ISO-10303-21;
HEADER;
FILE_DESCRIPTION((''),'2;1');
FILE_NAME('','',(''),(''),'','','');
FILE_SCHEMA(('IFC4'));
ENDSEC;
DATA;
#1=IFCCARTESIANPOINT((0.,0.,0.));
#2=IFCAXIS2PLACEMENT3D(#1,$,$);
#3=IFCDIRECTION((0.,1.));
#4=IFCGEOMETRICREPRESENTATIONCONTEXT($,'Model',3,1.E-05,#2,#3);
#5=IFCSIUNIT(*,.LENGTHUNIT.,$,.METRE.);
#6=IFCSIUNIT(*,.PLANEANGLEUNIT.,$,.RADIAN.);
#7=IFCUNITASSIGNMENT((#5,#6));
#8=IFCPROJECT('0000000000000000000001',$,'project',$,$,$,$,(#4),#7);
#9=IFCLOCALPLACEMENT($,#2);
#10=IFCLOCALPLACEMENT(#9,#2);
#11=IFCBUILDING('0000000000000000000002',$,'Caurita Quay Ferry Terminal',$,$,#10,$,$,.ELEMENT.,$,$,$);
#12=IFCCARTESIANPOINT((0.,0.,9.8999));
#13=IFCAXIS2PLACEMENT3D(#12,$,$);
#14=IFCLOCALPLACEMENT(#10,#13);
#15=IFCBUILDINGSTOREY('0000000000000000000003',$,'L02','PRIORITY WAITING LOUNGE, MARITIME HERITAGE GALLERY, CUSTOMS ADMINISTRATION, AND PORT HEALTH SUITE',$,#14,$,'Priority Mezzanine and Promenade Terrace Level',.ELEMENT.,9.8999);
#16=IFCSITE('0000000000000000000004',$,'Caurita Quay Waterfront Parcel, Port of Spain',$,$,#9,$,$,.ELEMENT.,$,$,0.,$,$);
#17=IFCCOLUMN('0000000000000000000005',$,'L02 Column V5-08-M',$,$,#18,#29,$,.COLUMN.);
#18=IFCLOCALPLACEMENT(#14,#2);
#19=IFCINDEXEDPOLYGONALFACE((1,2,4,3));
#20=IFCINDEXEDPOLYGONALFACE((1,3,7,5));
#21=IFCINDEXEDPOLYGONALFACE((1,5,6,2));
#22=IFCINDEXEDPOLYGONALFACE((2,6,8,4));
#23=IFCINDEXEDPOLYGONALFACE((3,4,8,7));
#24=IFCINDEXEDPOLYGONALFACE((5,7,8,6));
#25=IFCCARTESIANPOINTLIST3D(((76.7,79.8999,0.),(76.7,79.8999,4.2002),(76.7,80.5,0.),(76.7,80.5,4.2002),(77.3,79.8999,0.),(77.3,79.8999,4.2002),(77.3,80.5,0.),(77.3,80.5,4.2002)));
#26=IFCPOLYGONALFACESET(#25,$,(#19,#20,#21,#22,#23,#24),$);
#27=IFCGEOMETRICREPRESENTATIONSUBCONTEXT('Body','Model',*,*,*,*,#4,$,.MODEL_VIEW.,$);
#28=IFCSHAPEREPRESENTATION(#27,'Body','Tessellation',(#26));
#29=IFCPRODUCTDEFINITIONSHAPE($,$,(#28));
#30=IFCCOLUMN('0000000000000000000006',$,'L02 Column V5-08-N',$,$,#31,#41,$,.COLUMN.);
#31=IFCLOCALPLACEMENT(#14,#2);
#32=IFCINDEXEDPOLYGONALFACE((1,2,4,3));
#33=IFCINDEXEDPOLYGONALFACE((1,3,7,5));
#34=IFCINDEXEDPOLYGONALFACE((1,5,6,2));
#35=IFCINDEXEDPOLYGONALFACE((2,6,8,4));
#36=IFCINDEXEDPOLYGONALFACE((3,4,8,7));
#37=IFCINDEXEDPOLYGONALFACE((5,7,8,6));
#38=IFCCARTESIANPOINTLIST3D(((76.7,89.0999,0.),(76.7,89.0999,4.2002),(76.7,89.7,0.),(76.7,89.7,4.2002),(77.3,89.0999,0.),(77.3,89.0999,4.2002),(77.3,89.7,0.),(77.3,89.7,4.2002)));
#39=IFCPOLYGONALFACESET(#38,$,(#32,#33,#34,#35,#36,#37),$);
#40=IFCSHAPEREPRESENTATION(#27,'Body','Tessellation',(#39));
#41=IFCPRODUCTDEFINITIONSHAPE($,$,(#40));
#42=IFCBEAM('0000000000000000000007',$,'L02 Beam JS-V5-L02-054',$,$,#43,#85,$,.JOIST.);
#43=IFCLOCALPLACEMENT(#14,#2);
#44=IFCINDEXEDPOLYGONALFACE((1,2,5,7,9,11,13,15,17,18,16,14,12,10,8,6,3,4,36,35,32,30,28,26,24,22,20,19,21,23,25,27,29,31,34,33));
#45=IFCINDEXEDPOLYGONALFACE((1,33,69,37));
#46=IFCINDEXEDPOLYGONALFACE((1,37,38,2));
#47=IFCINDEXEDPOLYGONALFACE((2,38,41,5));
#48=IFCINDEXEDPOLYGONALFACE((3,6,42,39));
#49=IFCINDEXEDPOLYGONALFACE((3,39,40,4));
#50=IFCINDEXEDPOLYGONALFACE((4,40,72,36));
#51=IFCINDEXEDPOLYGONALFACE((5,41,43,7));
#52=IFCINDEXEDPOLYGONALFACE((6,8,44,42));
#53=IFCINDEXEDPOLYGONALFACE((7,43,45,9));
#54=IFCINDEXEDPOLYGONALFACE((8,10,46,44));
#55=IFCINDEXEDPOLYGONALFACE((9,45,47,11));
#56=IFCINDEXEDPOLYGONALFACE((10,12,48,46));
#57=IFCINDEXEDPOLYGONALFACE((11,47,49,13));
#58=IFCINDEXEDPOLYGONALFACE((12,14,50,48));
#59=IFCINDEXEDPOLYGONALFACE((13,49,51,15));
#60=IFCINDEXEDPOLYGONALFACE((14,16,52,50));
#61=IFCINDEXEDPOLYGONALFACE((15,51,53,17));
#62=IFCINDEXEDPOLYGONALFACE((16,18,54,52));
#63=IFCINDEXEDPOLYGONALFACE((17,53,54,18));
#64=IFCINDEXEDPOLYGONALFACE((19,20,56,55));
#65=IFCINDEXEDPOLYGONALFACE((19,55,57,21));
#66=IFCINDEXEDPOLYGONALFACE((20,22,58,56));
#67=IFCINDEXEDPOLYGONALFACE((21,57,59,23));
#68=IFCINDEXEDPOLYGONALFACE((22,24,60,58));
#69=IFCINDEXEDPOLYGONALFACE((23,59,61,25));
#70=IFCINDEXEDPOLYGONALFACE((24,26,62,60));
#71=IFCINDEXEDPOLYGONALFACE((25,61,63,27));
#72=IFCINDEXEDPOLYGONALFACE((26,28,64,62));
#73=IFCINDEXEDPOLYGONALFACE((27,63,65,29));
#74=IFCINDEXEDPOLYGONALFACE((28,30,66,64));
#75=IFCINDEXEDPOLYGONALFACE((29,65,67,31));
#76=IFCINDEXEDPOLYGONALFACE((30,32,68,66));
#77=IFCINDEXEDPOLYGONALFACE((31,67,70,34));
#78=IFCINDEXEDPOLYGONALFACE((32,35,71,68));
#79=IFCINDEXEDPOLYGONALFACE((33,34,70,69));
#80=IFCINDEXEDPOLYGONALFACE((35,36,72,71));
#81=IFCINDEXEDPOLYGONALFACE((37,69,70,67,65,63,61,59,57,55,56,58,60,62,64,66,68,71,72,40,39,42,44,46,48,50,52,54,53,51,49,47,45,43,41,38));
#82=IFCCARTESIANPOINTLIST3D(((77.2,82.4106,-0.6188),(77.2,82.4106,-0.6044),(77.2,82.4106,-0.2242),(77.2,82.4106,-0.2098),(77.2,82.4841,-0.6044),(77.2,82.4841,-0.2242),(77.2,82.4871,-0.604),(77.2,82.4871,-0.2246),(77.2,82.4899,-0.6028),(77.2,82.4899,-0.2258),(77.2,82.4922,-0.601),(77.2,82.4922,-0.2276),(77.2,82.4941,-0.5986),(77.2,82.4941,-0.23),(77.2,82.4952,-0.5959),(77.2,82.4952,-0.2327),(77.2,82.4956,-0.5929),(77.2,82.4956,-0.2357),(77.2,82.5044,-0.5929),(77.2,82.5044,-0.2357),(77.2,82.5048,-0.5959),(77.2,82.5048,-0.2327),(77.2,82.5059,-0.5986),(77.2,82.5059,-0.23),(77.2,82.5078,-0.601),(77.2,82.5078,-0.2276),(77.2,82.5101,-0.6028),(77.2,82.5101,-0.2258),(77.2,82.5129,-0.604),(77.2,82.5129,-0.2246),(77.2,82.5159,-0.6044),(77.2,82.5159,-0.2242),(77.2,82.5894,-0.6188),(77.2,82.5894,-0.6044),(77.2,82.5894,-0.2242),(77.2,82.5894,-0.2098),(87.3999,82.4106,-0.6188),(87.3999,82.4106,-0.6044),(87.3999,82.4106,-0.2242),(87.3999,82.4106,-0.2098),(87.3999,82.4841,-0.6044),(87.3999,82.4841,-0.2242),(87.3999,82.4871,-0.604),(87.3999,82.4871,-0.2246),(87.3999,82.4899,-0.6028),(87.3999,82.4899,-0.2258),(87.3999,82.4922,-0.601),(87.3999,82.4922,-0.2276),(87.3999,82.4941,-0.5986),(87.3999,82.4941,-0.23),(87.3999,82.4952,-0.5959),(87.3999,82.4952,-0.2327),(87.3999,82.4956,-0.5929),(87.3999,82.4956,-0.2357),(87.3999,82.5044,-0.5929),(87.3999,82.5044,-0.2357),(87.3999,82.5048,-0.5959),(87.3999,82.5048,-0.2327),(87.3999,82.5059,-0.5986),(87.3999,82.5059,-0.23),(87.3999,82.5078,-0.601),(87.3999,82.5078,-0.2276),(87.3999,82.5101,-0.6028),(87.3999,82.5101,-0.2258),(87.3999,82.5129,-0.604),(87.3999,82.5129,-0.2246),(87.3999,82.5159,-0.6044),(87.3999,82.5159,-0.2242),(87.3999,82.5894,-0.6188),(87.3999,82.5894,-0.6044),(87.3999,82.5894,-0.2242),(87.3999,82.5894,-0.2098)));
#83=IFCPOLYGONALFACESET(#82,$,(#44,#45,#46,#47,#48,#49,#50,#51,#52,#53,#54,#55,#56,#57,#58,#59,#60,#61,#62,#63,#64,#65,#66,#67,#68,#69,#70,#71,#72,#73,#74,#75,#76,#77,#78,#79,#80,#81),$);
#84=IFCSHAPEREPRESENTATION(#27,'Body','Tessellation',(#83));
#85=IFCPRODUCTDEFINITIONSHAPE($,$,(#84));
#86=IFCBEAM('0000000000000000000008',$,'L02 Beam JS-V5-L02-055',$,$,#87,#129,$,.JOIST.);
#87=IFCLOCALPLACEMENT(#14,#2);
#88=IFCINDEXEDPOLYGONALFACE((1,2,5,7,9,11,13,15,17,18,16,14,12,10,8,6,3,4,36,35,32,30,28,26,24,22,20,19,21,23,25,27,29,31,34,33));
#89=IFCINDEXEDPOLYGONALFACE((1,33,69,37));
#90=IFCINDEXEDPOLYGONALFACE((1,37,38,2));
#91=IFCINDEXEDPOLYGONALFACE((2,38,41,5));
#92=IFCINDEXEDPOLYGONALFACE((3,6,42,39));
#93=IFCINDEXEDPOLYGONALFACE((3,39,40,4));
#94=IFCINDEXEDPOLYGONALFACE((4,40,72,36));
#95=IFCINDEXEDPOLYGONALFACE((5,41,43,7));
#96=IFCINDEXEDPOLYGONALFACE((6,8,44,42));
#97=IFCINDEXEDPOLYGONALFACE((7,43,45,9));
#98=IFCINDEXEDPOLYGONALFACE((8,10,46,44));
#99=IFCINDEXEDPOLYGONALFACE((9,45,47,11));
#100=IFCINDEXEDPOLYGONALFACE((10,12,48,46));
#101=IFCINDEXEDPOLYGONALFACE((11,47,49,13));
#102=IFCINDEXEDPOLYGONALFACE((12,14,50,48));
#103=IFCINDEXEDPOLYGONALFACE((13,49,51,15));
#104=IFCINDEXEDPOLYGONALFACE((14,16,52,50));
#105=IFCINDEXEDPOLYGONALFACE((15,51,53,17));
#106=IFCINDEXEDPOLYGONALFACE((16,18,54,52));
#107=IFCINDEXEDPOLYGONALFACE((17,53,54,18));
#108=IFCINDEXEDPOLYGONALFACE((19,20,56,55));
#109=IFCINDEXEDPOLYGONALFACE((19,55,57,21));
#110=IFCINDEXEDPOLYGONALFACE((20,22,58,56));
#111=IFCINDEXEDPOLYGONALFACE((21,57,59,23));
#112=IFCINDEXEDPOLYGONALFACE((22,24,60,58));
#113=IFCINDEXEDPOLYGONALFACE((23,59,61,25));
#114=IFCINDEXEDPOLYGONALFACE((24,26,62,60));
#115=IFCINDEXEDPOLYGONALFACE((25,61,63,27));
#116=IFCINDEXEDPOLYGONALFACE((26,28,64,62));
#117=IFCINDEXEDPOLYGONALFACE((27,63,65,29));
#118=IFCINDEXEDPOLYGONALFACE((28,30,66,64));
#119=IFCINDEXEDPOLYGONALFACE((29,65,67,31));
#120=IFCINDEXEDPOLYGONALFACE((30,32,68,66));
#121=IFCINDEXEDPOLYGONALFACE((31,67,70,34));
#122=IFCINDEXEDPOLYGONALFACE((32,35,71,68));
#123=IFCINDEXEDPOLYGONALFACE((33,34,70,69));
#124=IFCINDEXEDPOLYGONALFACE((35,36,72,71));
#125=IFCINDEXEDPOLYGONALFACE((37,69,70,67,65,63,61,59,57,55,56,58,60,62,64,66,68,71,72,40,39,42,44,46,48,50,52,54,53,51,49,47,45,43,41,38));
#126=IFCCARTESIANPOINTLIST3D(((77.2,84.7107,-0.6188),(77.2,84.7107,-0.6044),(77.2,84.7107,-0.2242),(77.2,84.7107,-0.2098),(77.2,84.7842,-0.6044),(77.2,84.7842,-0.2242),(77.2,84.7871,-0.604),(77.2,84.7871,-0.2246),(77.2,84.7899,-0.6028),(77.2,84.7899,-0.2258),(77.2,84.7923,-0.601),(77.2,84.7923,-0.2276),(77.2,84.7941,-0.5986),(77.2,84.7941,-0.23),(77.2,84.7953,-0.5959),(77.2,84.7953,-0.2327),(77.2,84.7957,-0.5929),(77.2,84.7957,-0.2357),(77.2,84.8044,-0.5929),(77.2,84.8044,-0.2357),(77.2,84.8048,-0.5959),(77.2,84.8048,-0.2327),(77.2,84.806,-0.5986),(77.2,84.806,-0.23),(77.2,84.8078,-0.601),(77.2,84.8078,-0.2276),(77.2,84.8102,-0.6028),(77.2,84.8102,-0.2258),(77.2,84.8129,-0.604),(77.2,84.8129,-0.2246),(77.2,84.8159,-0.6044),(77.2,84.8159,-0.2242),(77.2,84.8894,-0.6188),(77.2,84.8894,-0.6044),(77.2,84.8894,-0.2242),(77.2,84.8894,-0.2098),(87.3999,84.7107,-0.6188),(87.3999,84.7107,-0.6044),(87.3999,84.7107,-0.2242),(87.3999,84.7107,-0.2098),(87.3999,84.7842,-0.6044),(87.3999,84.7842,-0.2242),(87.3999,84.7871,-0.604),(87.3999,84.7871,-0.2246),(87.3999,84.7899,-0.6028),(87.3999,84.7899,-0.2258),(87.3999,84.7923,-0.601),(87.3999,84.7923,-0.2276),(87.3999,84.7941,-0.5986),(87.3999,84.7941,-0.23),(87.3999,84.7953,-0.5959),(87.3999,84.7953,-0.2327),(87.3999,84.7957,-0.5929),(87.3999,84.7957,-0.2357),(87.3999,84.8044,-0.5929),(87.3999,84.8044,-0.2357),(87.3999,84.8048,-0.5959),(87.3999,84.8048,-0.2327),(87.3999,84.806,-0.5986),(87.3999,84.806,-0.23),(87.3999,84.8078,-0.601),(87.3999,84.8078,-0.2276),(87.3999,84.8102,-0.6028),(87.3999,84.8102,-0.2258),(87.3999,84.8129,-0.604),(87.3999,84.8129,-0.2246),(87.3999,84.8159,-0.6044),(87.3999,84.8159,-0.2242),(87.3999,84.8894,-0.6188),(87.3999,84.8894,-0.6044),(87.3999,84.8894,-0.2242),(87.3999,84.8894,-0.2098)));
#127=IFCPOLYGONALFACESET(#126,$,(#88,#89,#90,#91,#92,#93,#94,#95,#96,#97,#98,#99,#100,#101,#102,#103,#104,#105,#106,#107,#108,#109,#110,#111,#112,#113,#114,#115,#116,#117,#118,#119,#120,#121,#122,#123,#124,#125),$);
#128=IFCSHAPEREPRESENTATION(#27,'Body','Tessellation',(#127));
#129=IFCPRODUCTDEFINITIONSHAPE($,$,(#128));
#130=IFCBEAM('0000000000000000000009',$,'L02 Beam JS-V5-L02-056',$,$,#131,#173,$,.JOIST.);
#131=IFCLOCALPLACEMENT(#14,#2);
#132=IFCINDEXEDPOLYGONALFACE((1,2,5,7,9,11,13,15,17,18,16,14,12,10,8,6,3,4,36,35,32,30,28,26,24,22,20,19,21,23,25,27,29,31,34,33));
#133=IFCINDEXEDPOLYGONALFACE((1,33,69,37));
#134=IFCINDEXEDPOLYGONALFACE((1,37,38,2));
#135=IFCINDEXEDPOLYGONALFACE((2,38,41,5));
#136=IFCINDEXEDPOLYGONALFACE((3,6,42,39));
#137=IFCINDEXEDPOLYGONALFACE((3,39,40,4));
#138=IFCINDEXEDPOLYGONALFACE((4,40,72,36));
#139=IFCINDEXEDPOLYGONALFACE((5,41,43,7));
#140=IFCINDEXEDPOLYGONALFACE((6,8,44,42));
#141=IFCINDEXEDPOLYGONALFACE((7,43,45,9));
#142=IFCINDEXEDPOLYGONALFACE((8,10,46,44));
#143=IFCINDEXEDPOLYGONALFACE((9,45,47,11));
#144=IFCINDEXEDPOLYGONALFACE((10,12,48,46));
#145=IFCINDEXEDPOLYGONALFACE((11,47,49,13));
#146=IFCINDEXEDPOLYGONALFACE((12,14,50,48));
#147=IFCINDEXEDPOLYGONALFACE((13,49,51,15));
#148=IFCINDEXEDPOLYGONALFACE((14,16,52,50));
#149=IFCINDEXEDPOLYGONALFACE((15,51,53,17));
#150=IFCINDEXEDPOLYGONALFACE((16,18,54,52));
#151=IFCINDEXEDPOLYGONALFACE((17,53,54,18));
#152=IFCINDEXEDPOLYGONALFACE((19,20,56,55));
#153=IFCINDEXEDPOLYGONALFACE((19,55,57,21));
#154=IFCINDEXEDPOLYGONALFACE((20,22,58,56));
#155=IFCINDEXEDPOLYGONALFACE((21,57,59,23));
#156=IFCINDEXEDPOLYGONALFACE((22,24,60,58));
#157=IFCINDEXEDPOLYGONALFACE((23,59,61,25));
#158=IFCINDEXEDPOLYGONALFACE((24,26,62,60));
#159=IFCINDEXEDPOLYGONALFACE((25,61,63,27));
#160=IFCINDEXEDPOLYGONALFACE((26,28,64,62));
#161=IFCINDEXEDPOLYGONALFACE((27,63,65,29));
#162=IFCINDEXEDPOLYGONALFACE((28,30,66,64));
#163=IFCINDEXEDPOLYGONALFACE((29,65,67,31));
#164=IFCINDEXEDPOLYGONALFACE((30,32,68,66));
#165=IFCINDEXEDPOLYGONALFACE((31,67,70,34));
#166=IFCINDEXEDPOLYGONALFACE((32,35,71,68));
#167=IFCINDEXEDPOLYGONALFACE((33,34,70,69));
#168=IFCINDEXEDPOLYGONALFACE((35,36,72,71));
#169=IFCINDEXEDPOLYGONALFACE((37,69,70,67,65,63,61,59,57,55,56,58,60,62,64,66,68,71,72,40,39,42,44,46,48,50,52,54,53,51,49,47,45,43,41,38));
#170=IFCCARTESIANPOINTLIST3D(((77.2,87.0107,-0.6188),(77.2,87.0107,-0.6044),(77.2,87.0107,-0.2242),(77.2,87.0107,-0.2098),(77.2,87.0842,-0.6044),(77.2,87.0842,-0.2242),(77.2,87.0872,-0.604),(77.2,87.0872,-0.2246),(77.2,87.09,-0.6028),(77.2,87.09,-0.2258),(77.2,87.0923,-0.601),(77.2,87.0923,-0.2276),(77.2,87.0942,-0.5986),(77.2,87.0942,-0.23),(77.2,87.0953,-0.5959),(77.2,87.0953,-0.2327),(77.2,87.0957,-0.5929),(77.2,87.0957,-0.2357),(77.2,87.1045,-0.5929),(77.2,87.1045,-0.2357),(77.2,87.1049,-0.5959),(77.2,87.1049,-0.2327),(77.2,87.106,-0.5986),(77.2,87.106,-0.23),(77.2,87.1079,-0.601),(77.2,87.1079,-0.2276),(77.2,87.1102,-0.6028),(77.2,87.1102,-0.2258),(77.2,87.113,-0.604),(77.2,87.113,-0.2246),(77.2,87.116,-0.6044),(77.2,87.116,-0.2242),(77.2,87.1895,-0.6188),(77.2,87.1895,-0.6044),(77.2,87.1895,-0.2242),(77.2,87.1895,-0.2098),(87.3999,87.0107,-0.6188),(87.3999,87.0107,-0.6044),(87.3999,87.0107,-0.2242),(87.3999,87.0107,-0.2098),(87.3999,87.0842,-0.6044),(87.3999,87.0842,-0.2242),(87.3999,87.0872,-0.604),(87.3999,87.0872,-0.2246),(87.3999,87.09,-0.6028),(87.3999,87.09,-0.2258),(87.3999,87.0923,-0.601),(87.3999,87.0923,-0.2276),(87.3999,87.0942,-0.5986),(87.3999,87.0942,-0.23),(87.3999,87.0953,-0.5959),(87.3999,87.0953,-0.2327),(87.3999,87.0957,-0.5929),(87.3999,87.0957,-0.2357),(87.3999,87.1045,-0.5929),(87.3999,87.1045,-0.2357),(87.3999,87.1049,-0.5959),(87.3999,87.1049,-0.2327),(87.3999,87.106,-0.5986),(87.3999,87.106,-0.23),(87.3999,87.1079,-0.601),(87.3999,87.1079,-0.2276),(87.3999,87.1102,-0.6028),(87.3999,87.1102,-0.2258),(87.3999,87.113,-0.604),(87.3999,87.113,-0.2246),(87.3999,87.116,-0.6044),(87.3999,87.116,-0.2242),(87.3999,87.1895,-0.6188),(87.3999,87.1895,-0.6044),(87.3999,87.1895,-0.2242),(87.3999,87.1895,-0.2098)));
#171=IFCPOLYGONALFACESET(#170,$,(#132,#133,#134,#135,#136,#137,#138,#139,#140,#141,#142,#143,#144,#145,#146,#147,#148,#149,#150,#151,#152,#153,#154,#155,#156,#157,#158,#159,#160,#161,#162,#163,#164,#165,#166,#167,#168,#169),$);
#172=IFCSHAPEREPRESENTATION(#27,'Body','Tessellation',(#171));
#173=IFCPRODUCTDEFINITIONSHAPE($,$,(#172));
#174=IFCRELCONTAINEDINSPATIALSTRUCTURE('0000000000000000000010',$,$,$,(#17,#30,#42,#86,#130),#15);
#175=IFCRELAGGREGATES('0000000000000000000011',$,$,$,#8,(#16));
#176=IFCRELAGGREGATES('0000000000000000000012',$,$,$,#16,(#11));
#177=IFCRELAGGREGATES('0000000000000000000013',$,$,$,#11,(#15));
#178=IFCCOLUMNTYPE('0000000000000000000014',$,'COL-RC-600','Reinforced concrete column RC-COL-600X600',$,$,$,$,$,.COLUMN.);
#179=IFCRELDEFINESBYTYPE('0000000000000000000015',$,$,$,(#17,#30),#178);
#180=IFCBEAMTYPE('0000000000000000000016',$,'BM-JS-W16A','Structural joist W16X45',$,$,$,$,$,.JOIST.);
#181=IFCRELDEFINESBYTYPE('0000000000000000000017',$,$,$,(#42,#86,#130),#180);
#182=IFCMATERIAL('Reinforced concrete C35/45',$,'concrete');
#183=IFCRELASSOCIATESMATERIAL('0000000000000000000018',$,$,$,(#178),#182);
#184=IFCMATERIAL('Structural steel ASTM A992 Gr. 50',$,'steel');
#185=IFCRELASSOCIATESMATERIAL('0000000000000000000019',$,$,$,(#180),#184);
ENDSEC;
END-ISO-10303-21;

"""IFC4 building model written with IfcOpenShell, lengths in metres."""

from ifc_helpers import new_model, si_unit, direction, frame, origin, origin_2d, place, context, subcontext, project, spatial, rectangle, i_section, extrude, material, material_profile, profile_set, type_object, element, save


model = new_model("IFC4")

# Units and contexts
model_context = context("Model", 3, precision=1e-05, world=origin(), true_north=direction((0.0, 1.0)))
body_context = subcontext(model_context, "Body", "Model", "MODEL_VIEW")
ifc_project = project(units=[si_unit("LENGTHUNIT", "METRE"), si_unit("PLANEANGLEUNIT", "RADIAN")], contexts=[model_context])

# Site, building, storey
site_placement = place(None, origin())
site = spatial("IfcSite", under=ifc_project, at=site_placement, Name="Caurita Quay Waterfront Parcel, Port of Spain", CompositionType="ELEMENT", RefElevation=0.0)
building_placement = place(site_placement, origin())
building = spatial("IfcBuilding", under=site, at=building_placement, Name="Caurita Quay Ferry Terminal", CompositionType="ELEMENT")
storey_placement = place(building_placement, frame((0.0, 0.0, 9.8999)))
storey = spatial("IfcBuildingStorey", under=building, at=storey_placement, Name="L02", Description="PRIORITY WAITING LOUNGE, MARITIME HERITAGE GALLERY, CUSTOMS ADMINISTRATION, AND PORT HEALTH SUITE", LongName="Priority Mezzanine and Promenade Terrace Level", CompositionType="ELEMENT", Elevation=9.8999)

# Columns
ifc_material_1 = material(Name="Reinforced concrete C35/45", Category="concrete")
ifc_material_profile_1 = material_profile(ifc_material_1, rectangle(XDim=0.6001, YDim=0.6001, at=origin_2d()), Name="RC-COL-600X600")
ifc_profile_set_1 = profile_set([ifc_material_profile_1], Name="Reinforced concrete C35/45")
column_type = type_object("IfcColumnType", Name="COL-RC-600", Description="Reinforced concrete column RC-COL-600X600", PredefinedType="COLUMN", material=ifc_profile_set_1)
for number, where, z_axis, x_axis, name in (
    (1, (77.0, 80.2, 0.0), (0.0, 0.0, 1.0), (1.0, 0.0, 0.0), "L02 Column V5-08-M"),
    (2, (77.0, 89.3999, 0.0), (0.0, 0.0, 1.0), (1.0, 0.0, 0.0), "L02 Column V5-08-N"),
):
    element("IfcColumn", number, at=place(storey_placement, frame(where, z_axis=z_axis, x_axis=x_axis)), inside=storey, type_object=column_type, Name=name, PredefinedType="COLUMN", context=body_context, shape_type="SweptSolid", body=[
        extrude(rectangle(XDim=0.6001, YDim=0.6001, at=origin_2d()), origin(), (0.0, 0.0, 1.0), 4.2002),
    ])

# Beams
ifc_material_2 = material(Name="Structural steel ASTM A992 Gr. 50", Category="steel")
ifc_material_profile_2 = material_profile(ifc_material_2, i_section(OverallWidth=0.1787, OverallDepth=0.4089, WebThickness=0.0088, FlangeThickness=0.0144, FilletRadius=0.0115, at=origin_2d()), Name="W16X45")
ifc_profile_set_2 = profile_set([ifc_material_profile_2], Name="Structural steel ASTM A992 Gr. 50")
beam_type_1 = type_object("IfcBeamType", Name="BM-JS-W16A", Description="Structural joist W16X45", PredefinedType="JOIST", material=ifc_profile_set_2)
for number, where, z_axis, x_axis, name in (
    (3, (77.2, 82.5, -0.4143), (1.0, 0.0, 0.0), (0.0, 1.0, 0.0), "L02 Beam JS-V5-L02-054"),
    (4, (77.2, 84.8, -0.4143), (1.0, 0.0, 0.0), (0.0, 1.0, 0.0), "L02 Beam JS-V5-L02-055"),
    (5, (77.2, 87.1001, -0.4143), (1.0, 0.0, 0.0), (0.0, 1.0, 0.0), "L02 Beam JS-V5-L02-056"),
):
    element("IfcBeam", number, at=place(storey_placement, frame(where, z_axis=z_axis, x_axis=x_axis)), inside=storey, type_object=beam_type_1, Name=name, PredefinedType="JOIST", context=body_context, shape_type="SweptSolid", body=[
        extrude(i_section(OverallWidth=0.1787, OverallDepth=0.4089, WebThickness=0.0088, FlangeThickness=0.0144, FilletRadius=0.0115, at=origin_2d()), origin(), (0.0, 0.0, 1.0), 10.2),
    ])

save(model, "model.ifc")
